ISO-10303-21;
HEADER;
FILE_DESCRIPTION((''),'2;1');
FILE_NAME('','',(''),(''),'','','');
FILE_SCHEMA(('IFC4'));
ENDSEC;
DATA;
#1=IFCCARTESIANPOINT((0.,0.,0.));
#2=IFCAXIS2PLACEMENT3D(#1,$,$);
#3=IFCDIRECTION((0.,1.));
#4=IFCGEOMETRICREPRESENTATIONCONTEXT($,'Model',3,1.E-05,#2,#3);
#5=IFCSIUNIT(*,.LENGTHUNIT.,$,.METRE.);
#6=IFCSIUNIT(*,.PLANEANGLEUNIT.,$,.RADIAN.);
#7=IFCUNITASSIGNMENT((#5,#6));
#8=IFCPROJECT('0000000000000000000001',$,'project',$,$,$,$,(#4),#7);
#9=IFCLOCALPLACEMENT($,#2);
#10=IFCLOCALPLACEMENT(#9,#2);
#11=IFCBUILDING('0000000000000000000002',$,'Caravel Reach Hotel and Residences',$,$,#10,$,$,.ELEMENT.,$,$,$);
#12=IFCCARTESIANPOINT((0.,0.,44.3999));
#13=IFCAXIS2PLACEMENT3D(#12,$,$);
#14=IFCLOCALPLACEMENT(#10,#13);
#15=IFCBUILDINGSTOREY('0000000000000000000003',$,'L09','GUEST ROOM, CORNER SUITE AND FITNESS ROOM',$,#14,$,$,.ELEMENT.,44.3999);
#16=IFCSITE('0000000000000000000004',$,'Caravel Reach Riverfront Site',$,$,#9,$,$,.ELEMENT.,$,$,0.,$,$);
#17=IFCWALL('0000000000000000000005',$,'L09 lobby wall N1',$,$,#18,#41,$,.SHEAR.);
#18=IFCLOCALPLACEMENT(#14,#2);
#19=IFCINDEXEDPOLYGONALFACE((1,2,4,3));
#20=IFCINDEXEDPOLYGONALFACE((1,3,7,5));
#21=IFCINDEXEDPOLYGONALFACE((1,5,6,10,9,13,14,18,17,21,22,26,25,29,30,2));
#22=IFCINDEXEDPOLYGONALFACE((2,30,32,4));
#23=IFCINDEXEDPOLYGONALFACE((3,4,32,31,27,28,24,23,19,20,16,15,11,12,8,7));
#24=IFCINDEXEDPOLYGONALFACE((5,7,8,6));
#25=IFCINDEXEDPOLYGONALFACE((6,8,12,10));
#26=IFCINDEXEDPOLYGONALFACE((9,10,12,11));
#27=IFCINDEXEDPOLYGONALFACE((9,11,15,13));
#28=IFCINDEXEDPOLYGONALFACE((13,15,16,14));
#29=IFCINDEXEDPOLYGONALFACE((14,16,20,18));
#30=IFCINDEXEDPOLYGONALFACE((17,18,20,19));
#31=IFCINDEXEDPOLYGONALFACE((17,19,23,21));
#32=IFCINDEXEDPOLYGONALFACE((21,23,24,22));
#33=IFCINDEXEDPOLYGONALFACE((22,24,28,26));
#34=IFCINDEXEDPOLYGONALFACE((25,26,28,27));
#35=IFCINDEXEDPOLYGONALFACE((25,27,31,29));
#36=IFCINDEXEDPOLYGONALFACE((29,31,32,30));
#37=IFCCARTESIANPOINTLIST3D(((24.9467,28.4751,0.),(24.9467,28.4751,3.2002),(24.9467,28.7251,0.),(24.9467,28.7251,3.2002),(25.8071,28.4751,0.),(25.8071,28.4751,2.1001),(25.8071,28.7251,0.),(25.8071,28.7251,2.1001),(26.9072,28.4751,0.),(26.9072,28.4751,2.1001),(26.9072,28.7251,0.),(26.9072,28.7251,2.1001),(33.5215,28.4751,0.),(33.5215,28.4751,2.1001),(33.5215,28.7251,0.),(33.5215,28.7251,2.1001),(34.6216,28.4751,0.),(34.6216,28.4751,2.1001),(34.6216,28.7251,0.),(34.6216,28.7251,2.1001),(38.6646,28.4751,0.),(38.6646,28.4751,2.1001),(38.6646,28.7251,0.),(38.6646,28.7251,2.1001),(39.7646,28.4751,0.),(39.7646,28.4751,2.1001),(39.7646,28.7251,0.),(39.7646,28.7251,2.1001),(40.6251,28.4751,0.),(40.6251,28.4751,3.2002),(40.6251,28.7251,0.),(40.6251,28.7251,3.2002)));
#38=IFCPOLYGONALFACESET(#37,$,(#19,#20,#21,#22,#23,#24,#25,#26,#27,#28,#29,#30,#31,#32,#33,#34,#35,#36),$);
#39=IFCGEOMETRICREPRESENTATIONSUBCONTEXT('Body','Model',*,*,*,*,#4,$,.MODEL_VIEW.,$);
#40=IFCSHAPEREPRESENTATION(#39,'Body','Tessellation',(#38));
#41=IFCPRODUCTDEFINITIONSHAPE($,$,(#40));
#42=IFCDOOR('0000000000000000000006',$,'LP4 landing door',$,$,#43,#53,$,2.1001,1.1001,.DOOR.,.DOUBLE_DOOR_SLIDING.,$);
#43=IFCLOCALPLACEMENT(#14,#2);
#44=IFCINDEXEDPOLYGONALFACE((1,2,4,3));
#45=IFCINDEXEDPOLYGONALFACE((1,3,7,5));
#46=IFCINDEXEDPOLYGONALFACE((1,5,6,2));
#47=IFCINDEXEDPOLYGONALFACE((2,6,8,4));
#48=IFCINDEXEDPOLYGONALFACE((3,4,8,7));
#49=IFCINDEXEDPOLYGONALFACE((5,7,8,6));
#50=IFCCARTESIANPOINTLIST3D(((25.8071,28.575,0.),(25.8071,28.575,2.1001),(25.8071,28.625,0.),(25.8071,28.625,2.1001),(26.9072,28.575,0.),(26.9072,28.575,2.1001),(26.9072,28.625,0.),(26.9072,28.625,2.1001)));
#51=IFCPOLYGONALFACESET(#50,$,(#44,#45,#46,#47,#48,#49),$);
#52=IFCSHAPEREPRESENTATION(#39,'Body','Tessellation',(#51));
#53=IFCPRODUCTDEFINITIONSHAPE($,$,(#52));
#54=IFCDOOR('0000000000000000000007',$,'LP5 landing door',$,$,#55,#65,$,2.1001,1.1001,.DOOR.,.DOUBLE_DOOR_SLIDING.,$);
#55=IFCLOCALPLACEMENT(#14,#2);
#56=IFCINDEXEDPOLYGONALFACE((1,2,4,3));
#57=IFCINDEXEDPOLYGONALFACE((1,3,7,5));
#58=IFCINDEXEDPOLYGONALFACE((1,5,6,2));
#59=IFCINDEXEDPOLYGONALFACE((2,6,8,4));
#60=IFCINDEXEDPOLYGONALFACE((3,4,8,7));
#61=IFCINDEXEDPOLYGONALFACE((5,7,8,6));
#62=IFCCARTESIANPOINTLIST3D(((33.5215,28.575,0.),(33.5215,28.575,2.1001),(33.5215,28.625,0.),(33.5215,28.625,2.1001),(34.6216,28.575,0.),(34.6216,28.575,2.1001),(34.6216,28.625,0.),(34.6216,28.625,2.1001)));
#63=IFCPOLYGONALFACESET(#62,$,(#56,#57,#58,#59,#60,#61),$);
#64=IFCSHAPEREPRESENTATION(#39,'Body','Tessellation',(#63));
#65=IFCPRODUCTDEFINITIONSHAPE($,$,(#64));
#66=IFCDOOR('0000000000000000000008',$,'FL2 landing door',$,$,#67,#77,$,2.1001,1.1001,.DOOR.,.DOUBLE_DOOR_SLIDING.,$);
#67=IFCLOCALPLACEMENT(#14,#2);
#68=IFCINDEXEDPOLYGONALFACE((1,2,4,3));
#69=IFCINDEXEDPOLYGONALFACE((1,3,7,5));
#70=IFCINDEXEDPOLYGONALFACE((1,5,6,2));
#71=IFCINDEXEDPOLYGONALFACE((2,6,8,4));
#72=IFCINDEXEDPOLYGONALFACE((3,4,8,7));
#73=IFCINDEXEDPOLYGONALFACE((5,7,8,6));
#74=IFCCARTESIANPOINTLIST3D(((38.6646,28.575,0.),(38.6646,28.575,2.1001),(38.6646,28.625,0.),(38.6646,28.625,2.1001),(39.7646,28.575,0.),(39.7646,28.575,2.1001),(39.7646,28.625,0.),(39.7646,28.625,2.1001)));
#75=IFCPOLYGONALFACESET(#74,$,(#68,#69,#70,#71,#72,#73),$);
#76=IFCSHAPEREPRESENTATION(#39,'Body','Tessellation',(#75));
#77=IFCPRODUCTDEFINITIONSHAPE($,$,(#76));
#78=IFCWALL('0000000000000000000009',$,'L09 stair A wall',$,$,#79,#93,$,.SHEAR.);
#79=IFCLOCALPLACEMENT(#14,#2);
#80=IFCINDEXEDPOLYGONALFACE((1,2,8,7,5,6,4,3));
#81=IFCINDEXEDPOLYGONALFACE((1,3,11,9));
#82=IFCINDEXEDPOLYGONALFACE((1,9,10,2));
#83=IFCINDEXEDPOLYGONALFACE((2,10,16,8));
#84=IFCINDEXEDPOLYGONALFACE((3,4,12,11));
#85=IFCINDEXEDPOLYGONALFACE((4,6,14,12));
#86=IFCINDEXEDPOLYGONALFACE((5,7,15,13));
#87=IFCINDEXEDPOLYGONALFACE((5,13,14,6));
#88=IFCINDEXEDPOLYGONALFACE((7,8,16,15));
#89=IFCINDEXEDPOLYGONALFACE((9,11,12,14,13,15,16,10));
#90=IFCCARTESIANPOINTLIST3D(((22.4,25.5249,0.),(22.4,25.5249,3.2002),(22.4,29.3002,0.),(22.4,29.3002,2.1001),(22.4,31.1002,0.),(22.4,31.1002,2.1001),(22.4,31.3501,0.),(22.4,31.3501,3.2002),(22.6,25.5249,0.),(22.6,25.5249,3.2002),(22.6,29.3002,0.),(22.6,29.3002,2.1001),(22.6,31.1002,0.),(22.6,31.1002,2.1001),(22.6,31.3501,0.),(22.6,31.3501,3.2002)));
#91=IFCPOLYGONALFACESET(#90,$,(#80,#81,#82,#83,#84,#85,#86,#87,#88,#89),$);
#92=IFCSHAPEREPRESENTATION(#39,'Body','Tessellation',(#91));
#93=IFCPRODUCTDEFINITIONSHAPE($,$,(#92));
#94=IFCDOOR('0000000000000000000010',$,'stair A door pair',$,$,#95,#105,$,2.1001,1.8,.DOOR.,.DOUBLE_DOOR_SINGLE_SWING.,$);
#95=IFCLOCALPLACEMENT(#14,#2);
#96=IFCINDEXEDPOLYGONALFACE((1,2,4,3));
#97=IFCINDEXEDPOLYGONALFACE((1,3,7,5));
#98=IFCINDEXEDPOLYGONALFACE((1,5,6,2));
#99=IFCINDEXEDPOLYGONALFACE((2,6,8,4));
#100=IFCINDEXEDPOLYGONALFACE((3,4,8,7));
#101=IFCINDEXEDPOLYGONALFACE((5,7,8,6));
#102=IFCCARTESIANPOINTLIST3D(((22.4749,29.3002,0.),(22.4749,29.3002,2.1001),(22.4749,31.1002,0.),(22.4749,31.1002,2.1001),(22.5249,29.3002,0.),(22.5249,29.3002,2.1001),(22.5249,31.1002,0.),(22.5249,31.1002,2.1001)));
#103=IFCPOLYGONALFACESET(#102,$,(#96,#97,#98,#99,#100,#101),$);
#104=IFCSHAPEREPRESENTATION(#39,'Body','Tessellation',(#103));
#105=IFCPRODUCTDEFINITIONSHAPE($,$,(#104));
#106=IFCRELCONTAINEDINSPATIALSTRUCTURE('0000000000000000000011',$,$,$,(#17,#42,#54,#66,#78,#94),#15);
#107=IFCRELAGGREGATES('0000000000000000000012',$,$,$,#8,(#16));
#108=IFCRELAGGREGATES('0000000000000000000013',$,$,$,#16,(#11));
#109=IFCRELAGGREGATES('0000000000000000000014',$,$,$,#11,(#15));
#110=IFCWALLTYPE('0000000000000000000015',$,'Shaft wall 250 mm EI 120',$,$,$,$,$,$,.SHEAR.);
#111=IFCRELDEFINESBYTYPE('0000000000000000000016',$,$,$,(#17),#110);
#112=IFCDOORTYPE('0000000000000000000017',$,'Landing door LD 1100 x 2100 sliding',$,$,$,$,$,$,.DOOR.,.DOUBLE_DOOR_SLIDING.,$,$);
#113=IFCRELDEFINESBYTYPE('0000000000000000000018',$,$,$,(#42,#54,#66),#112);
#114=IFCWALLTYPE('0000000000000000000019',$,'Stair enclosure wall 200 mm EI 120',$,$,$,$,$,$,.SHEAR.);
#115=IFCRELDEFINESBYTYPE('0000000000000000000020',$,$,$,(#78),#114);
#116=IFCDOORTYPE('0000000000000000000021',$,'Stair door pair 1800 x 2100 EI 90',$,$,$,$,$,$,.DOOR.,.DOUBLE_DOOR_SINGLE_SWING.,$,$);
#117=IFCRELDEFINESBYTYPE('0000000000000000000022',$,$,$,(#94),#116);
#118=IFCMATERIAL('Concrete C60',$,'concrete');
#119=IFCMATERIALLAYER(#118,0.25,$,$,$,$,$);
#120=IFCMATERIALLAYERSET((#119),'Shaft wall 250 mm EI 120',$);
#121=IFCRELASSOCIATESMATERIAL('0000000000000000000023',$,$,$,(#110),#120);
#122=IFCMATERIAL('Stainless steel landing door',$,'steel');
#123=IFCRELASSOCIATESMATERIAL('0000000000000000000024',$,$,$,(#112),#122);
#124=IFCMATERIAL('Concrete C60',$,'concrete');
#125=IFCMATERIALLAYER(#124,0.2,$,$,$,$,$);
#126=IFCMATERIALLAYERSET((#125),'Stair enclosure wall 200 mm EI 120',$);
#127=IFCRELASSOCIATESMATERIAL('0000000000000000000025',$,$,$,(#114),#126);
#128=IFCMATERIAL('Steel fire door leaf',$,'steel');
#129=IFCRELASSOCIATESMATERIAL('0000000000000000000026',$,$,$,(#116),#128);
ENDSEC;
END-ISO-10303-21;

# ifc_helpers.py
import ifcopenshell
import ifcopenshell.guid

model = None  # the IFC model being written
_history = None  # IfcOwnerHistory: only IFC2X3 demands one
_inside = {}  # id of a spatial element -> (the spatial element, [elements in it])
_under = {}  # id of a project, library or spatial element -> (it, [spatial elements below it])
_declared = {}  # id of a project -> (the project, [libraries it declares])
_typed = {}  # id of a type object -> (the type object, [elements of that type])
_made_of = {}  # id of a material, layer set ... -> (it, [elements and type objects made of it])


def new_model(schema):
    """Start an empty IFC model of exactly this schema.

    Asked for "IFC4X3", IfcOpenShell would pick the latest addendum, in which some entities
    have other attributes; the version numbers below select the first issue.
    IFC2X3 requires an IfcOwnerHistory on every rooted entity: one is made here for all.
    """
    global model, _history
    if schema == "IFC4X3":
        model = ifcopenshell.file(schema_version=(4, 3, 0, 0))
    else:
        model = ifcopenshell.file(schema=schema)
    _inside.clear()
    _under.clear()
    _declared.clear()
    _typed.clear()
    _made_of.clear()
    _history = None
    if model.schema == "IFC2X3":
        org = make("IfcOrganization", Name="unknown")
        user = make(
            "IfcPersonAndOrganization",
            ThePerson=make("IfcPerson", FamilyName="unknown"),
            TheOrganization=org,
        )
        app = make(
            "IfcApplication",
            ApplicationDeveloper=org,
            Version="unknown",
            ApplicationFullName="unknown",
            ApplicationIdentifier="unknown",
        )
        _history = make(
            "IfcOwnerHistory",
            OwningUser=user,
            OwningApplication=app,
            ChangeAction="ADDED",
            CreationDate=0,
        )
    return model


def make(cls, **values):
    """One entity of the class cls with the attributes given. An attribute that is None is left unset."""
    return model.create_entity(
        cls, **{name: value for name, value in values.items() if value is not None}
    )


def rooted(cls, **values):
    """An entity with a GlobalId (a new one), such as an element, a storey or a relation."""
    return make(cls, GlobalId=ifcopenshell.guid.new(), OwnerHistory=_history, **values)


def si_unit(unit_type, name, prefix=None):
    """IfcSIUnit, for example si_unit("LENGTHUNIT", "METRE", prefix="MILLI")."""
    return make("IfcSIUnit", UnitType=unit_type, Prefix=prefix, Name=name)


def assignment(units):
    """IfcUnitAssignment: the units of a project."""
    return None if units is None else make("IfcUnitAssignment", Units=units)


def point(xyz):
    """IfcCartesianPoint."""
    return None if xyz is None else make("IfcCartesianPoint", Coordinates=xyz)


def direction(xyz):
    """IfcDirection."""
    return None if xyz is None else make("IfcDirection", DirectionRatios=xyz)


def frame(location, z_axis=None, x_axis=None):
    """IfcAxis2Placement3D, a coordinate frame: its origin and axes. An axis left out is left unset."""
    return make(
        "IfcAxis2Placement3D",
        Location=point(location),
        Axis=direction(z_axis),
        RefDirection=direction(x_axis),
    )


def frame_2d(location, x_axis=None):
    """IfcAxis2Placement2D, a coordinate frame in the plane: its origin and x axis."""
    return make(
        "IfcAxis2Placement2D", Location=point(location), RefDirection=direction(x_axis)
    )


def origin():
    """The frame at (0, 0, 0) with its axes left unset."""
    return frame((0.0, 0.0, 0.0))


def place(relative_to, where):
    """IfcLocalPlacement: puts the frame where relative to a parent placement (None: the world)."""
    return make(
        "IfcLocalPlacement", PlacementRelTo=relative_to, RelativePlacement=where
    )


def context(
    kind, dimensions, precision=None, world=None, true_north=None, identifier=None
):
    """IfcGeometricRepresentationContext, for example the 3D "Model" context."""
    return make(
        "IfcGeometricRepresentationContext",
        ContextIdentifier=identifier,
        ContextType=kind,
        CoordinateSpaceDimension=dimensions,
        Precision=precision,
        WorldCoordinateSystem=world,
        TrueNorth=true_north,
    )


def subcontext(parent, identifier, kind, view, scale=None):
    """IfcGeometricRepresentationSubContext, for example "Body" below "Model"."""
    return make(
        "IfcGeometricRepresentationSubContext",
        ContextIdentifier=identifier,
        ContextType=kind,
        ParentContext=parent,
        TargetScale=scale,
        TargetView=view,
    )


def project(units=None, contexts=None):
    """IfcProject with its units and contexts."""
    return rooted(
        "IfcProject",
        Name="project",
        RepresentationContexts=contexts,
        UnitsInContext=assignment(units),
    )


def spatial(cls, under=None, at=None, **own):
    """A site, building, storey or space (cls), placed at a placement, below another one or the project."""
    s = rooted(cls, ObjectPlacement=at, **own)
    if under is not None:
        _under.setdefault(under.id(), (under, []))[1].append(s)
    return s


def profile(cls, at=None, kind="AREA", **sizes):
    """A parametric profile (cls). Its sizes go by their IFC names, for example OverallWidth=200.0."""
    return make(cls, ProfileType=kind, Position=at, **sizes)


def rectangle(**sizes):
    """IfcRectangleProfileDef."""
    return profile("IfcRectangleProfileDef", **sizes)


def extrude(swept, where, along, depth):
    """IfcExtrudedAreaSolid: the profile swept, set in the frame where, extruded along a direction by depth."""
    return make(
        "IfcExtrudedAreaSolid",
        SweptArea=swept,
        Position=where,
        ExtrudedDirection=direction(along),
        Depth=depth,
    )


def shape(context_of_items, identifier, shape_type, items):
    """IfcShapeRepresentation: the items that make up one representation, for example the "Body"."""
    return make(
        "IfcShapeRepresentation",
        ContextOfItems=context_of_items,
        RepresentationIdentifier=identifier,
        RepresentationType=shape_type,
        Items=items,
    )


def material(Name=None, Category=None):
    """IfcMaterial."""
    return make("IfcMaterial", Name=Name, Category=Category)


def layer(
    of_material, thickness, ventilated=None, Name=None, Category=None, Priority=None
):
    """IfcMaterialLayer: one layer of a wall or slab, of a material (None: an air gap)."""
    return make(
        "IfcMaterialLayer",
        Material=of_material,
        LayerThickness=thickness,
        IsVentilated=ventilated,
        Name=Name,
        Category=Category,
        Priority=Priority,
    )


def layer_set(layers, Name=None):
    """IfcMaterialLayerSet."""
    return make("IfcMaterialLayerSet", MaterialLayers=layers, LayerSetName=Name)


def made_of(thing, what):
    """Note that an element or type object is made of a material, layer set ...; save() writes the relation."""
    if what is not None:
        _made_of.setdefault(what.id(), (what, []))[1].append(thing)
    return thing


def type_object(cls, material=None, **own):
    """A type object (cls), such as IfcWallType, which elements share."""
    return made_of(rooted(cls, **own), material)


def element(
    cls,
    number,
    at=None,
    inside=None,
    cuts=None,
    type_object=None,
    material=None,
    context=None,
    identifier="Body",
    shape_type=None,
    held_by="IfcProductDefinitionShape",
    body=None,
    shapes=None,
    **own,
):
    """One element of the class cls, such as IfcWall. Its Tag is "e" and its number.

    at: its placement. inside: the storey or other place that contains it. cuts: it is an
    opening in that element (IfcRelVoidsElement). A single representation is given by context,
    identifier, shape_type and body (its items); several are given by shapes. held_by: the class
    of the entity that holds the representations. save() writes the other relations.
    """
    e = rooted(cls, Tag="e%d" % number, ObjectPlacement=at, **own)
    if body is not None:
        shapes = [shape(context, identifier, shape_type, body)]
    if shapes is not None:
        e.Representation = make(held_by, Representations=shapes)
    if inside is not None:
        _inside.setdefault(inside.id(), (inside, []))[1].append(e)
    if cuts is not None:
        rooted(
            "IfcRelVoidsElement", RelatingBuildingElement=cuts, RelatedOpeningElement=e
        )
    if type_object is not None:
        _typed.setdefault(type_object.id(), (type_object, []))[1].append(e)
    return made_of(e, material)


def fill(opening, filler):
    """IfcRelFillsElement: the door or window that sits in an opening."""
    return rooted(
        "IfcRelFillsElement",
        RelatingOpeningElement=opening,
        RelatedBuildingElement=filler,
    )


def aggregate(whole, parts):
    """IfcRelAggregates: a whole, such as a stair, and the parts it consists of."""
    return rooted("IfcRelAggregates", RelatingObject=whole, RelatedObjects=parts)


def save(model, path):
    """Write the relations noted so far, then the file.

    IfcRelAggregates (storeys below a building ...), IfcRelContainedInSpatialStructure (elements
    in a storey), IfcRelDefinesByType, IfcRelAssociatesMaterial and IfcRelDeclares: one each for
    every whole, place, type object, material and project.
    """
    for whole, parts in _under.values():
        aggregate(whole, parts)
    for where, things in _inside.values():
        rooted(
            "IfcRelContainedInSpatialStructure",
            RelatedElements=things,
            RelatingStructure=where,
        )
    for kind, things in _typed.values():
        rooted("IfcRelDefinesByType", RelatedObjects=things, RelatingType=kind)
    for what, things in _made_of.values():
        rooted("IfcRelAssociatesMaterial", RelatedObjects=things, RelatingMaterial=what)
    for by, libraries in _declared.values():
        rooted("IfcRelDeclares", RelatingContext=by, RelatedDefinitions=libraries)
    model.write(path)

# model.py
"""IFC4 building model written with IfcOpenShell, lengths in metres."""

from ifc_helpers import new_model, si_unit, direction, frame, frame_2d, origin, place, context, subcontext, project, spatial, rectangle, extrude, material, layer, layer_set, type_object, element, fill, save


model = new_model("IFC4")

# Units and contexts
model_context = context("Model", 3, precision=1e-05, world=origin(), true_north=direction((0.0, 1.0)))
body_context = subcontext(model_context, "Body", "Model", "MODEL_VIEW")
ifc_project = project(units=[si_unit("LENGTHUNIT", "METRE"), si_unit("PLANEANGLEUNIT", "RADIAN")], contexts=[model_context])

# Site, building, storey
site_placement = place(None, origin())
site = spatial("IfcSite", under=ifc_project, at=site_placement, Name="Caravel Reach Riverfront Site", CompositionType="ELEMENT", RefElevation=0.0)
building_placement = place(site_placement, origin())
building = spatial("IfcBuilding", under=site, at=building_placement, Name="Caravel Reach Hotel and Residences", CompositionType="ELEMENT")
storey_placement = place(building_placement, frame((0.0, 0.0, 44.3999)))
storey = spatial("IfcBuildingStorey", under=building, at=storey_placement, Name="L09", Description="GUEST ROOM, CORNER SUITE AND FITNESS ROOM", CompositionType="ELEMENT", Elevation=44.3999)

# Wall, openings, doors
ifc_material_1 = material(Name="Concrete C60", Category="concrete")
ifc_layer_1 = layer(ifc_material_1, 0.25)
ifc_layer_set_1 = layer_set([ifc_layer_1], Name="Shaft wall 250 mm EI 120")
wall_type_1 = type_object("IfcWallType", Name="Shaft wall 250 mm EI 120", PredefinedType="SHEAR", material=ifc_layer_set_1)
wall_1_placement = place(storey_placement, frame((24.9465, 28.6001, 0.0), z_axis=(0.0, 0.0, 1.0), x_axis=(1.0, 0.0, 0.0)))
wall_1 = element("IfcWall", 1, at=wall_1_placement, inside=storey, type_object=wall_type_1, Name="L09 lobby wall N1", PredefinedType="SHEAR", context=body_context, shape_type="SweptSolid", body=[
    extrude(rectangle(XDim=15.6785, YDim=0.25, at=frame_2d((7.8394, 0.0))), origin(), (0.0, 0.0, 1.0), 3.2002),
])
opening_1_placement = place(wall_1_placement, frame((0.8606, 0.0, 0.0)))
opening_1 = element("IfcOpeningElement", 2, at=opening_1_placement, cuts=wall_1, PredefinedType="OPENING", context=body_context, shape_type="SweptSolid", body=[
    extrude(rectangle(XDim=1.1001, YDim=2.1001, at=frame_2d((0.55, 1.05))), frame((0.0, 0.135, 0.0), z_axis=(0.0, -1.0, 0.0), x_axis=(1.0, 0.0, 0.0)), (0.0, 0.0, 1.0), 0.27),
])
opening_2_placement = place(wall_1_placement, frame((8.575, 0.0, 0.0)))
opening_2 = element("IfcOpeningElement", 3, at=opening_2_placement, cuts=wall_1, PredefinedType="OPENING", context=body_context, shape_type="SweptSolid", body=[
    extrude(rectangle(XDim=1.1001, YDim=2.1001, at=frame_2d((0.55, 1.05))), frame((0.0, 0.135, 0.0), z_axis=(0.0, -1.0, 0.0), x_axis=(1.0, 0.0, 0.0)), (0.0, 0.0, 1.0), 0.27),
])
opening_3_placement = place(wall_1_placement, frame((13.718, 0.0, 0.0)))
opening_3 = element("IfcOpeningElement", 4, at=opening_3_placement, cuts=wall_1, PredefinedType="OPENING", context=body_context, shape_type="SweptSolid", body=[
    extrude(rectangle(XDim=1.1001, YDim=2.1001, at=frame_2d((0.55, 1.05))), frame((0.0, 0.135, 0.0), z_axis=(0.0, -1.0, 0.0), x_axis=(1.0, 0.0, 0.0)), (0.0, 0.0, 1.0), 0.27),
])
ifc_material_2 = material(Name="Stainless steel landing door", Category="steel")
door_type_1 = type_object("IfcDoorType", Name="Landing door LD 1100 x 2100 sliding", OperationType="DOUBLE_DOOR_SLIDING", PredefinedType="DOOR", material=ifc_material_2)
door_1_placement = place(opening_1_placement, origin())
door_1 = element("IfcDoor", 5, at=door_1_placement, inside=storey, type_object=door_type_1, Name="LP4 landing door", OperationType="DOUBLE_DOOR_SLIDING", OverallHeight=2.1001, OverallWidth=1.1001, PredefinedType="DOOR", context=body_context, shape_type="SweptSolid", body=[
    extrude(rectangle(XDim=1.1001, YDim=2.1001, at=frame_2d((0.55, 1.05))), frame((0.0, 0.0249, 0.0), z_axis=(0.0, -1.0, 0.0), x_axis=(1.0, 0.0, 0.0)), (0.0, 0.0, 1.0), 0.05),
])
fill(opening_1, door_1)
door_2_placement = place(opening_2_placement, origin())
door_2 = element("IfcDoor", 6, at=door_2_placement, inside=storey, type_object=door_type_1, Name="LP5 landing door", OperationType="DOUBLE_DOOR_SLIDING", OverallHeight=2.1001, OverallWidth=1.1001, PredefinedType="DOOR", context=body_context, shape_type="SweptSolid", body=[
    extrude(rectangle(XDim=1.1001, YDim=2.1001, at=frame_2d((0.55, 1.05))), frame((0.0, 0.0249, 0.0), z_axis=(0.0, -1.0, 0.0), x_axis=(1.0, 0.0, 0.0)), (0.0, 0.0, 1.0), 0.05),
])
fill(opening_2, door_2)
door_3_placement = place(opening_3_placement, origin())
door_3 = element("IfcDoor", 7, at=door_3_placement, inside=storey, type_object=door_type_1, Name="FL2 landing door", OperationType="DOUBLE_DOOR_SLIDING", OverallHeight=2.1001, OverallWidth=1.1001, PredefinedType="DOOR", context=body_context, shape_type="SweptSolid", body=[
    extrude(rectangle(XDim=1.1001, YDim=2.1001, at=frame_2d((0.55, 1.05))), frame((0.0, 0.0249, 0.0), z_axis=(0.0, -1.0, 0.0), x_axis=(1.0, 0.0, 0.0)), (0.0, 0.0, 1.0), 0.05),
])
fill(opening_3, door_3)

# Wall, opening, door
ifc_material_3 = material(Name="Concrete C60", Category="concrete")
ifc_layer_2 = layer(ifc_material_3, 0.2)
ifc_layer_set_2 = layer_set([ifc_layer_2], Name="Stair enclosure wall 200 mm EI 120")
wall_type_2 = type_object("IfcWallType", Name="Stair enclosure wall 200 mm EI 120", PredefinedType="SHEAR", material=ifc_layer_set_2)
wall_2_placement = place(storey_placement, frame((22.5, 31.3501, 0.0), z_axis=(0.0, 0.0, 1.0), x_axis=(0.0, -1.0, 0.0)))
wall_2 = element("IfcWall", 8, at=wall_2_placement, inside=storey, type_object=wall_type_2, Name="L09 stair A wall", PredefinedType="SHEAR", context=body_context, shape_type="SweptSolid", body=[
    extrude(rectangle(XDim=5.8252, YDim=0.2, at=frame_2d((2.9126, 0.0))), origin(), (0.0, 0.0, 1.0), 3.2002),
])
opening_4_placement = place(wall_2_placement, frame((0.25, 0.0, 0.0)))
opening_4 = element("IfcOpeningElement", 9, at=opening_4_placement, cuts=wall_2, PredefinedType="OPENING", context=body_context, shape_type="SweptSolid", body=[
    extrude(rectangle(XDim=1.8, YDim=2.1001, at=frame_2d((0.8999, 1.05))), frame((0.0, 0.1099, 0.0), z_axis=(0.0, -1.0, 0.0), x_axis=(1.0, 0.0, 0.0)), (0.0, 0.0, 1.0), 0.22),
])
ifc_material_4 = material(Name="Steel fire door leaf", Category="steel")
door_type_2 = type_object("IfcDoorType", Name="Stair door pair 1800 x 2100 EI 90", OperationType="DOUBLE_DOOR_SINGLE_SWING", PredefinedType="DOOR", material=ifc_material_4)
door_4_placement = place(opening_4_placement, origin())
door_4 = element("IfcDoor", 10, at=door_4_placement, inside=storey, type_object=door_type_2, Name="stair A door pair", OperationType="DOUBLE_DOOR_SINGLE_SWING", OverallHeight=2.1001, OverallWidth=1.8, PredefinedType="DOOR", context=body_context, shape_type="SweptSolid", body=[
    extrude(rectangle(XDim=1.8, YDim=2.1001, at=frame_2d((0.8999, 1.05))), frame((0.0, 0.0249, 0.0), z_axis=(0.0, -1.0, 0.0), x_axis=(1.0, 0.0, 0.0)), (0.0, 0.0, 1.0), 0.05),
])
fill(opening_4, door_4)

save(model, "model.ifc")
